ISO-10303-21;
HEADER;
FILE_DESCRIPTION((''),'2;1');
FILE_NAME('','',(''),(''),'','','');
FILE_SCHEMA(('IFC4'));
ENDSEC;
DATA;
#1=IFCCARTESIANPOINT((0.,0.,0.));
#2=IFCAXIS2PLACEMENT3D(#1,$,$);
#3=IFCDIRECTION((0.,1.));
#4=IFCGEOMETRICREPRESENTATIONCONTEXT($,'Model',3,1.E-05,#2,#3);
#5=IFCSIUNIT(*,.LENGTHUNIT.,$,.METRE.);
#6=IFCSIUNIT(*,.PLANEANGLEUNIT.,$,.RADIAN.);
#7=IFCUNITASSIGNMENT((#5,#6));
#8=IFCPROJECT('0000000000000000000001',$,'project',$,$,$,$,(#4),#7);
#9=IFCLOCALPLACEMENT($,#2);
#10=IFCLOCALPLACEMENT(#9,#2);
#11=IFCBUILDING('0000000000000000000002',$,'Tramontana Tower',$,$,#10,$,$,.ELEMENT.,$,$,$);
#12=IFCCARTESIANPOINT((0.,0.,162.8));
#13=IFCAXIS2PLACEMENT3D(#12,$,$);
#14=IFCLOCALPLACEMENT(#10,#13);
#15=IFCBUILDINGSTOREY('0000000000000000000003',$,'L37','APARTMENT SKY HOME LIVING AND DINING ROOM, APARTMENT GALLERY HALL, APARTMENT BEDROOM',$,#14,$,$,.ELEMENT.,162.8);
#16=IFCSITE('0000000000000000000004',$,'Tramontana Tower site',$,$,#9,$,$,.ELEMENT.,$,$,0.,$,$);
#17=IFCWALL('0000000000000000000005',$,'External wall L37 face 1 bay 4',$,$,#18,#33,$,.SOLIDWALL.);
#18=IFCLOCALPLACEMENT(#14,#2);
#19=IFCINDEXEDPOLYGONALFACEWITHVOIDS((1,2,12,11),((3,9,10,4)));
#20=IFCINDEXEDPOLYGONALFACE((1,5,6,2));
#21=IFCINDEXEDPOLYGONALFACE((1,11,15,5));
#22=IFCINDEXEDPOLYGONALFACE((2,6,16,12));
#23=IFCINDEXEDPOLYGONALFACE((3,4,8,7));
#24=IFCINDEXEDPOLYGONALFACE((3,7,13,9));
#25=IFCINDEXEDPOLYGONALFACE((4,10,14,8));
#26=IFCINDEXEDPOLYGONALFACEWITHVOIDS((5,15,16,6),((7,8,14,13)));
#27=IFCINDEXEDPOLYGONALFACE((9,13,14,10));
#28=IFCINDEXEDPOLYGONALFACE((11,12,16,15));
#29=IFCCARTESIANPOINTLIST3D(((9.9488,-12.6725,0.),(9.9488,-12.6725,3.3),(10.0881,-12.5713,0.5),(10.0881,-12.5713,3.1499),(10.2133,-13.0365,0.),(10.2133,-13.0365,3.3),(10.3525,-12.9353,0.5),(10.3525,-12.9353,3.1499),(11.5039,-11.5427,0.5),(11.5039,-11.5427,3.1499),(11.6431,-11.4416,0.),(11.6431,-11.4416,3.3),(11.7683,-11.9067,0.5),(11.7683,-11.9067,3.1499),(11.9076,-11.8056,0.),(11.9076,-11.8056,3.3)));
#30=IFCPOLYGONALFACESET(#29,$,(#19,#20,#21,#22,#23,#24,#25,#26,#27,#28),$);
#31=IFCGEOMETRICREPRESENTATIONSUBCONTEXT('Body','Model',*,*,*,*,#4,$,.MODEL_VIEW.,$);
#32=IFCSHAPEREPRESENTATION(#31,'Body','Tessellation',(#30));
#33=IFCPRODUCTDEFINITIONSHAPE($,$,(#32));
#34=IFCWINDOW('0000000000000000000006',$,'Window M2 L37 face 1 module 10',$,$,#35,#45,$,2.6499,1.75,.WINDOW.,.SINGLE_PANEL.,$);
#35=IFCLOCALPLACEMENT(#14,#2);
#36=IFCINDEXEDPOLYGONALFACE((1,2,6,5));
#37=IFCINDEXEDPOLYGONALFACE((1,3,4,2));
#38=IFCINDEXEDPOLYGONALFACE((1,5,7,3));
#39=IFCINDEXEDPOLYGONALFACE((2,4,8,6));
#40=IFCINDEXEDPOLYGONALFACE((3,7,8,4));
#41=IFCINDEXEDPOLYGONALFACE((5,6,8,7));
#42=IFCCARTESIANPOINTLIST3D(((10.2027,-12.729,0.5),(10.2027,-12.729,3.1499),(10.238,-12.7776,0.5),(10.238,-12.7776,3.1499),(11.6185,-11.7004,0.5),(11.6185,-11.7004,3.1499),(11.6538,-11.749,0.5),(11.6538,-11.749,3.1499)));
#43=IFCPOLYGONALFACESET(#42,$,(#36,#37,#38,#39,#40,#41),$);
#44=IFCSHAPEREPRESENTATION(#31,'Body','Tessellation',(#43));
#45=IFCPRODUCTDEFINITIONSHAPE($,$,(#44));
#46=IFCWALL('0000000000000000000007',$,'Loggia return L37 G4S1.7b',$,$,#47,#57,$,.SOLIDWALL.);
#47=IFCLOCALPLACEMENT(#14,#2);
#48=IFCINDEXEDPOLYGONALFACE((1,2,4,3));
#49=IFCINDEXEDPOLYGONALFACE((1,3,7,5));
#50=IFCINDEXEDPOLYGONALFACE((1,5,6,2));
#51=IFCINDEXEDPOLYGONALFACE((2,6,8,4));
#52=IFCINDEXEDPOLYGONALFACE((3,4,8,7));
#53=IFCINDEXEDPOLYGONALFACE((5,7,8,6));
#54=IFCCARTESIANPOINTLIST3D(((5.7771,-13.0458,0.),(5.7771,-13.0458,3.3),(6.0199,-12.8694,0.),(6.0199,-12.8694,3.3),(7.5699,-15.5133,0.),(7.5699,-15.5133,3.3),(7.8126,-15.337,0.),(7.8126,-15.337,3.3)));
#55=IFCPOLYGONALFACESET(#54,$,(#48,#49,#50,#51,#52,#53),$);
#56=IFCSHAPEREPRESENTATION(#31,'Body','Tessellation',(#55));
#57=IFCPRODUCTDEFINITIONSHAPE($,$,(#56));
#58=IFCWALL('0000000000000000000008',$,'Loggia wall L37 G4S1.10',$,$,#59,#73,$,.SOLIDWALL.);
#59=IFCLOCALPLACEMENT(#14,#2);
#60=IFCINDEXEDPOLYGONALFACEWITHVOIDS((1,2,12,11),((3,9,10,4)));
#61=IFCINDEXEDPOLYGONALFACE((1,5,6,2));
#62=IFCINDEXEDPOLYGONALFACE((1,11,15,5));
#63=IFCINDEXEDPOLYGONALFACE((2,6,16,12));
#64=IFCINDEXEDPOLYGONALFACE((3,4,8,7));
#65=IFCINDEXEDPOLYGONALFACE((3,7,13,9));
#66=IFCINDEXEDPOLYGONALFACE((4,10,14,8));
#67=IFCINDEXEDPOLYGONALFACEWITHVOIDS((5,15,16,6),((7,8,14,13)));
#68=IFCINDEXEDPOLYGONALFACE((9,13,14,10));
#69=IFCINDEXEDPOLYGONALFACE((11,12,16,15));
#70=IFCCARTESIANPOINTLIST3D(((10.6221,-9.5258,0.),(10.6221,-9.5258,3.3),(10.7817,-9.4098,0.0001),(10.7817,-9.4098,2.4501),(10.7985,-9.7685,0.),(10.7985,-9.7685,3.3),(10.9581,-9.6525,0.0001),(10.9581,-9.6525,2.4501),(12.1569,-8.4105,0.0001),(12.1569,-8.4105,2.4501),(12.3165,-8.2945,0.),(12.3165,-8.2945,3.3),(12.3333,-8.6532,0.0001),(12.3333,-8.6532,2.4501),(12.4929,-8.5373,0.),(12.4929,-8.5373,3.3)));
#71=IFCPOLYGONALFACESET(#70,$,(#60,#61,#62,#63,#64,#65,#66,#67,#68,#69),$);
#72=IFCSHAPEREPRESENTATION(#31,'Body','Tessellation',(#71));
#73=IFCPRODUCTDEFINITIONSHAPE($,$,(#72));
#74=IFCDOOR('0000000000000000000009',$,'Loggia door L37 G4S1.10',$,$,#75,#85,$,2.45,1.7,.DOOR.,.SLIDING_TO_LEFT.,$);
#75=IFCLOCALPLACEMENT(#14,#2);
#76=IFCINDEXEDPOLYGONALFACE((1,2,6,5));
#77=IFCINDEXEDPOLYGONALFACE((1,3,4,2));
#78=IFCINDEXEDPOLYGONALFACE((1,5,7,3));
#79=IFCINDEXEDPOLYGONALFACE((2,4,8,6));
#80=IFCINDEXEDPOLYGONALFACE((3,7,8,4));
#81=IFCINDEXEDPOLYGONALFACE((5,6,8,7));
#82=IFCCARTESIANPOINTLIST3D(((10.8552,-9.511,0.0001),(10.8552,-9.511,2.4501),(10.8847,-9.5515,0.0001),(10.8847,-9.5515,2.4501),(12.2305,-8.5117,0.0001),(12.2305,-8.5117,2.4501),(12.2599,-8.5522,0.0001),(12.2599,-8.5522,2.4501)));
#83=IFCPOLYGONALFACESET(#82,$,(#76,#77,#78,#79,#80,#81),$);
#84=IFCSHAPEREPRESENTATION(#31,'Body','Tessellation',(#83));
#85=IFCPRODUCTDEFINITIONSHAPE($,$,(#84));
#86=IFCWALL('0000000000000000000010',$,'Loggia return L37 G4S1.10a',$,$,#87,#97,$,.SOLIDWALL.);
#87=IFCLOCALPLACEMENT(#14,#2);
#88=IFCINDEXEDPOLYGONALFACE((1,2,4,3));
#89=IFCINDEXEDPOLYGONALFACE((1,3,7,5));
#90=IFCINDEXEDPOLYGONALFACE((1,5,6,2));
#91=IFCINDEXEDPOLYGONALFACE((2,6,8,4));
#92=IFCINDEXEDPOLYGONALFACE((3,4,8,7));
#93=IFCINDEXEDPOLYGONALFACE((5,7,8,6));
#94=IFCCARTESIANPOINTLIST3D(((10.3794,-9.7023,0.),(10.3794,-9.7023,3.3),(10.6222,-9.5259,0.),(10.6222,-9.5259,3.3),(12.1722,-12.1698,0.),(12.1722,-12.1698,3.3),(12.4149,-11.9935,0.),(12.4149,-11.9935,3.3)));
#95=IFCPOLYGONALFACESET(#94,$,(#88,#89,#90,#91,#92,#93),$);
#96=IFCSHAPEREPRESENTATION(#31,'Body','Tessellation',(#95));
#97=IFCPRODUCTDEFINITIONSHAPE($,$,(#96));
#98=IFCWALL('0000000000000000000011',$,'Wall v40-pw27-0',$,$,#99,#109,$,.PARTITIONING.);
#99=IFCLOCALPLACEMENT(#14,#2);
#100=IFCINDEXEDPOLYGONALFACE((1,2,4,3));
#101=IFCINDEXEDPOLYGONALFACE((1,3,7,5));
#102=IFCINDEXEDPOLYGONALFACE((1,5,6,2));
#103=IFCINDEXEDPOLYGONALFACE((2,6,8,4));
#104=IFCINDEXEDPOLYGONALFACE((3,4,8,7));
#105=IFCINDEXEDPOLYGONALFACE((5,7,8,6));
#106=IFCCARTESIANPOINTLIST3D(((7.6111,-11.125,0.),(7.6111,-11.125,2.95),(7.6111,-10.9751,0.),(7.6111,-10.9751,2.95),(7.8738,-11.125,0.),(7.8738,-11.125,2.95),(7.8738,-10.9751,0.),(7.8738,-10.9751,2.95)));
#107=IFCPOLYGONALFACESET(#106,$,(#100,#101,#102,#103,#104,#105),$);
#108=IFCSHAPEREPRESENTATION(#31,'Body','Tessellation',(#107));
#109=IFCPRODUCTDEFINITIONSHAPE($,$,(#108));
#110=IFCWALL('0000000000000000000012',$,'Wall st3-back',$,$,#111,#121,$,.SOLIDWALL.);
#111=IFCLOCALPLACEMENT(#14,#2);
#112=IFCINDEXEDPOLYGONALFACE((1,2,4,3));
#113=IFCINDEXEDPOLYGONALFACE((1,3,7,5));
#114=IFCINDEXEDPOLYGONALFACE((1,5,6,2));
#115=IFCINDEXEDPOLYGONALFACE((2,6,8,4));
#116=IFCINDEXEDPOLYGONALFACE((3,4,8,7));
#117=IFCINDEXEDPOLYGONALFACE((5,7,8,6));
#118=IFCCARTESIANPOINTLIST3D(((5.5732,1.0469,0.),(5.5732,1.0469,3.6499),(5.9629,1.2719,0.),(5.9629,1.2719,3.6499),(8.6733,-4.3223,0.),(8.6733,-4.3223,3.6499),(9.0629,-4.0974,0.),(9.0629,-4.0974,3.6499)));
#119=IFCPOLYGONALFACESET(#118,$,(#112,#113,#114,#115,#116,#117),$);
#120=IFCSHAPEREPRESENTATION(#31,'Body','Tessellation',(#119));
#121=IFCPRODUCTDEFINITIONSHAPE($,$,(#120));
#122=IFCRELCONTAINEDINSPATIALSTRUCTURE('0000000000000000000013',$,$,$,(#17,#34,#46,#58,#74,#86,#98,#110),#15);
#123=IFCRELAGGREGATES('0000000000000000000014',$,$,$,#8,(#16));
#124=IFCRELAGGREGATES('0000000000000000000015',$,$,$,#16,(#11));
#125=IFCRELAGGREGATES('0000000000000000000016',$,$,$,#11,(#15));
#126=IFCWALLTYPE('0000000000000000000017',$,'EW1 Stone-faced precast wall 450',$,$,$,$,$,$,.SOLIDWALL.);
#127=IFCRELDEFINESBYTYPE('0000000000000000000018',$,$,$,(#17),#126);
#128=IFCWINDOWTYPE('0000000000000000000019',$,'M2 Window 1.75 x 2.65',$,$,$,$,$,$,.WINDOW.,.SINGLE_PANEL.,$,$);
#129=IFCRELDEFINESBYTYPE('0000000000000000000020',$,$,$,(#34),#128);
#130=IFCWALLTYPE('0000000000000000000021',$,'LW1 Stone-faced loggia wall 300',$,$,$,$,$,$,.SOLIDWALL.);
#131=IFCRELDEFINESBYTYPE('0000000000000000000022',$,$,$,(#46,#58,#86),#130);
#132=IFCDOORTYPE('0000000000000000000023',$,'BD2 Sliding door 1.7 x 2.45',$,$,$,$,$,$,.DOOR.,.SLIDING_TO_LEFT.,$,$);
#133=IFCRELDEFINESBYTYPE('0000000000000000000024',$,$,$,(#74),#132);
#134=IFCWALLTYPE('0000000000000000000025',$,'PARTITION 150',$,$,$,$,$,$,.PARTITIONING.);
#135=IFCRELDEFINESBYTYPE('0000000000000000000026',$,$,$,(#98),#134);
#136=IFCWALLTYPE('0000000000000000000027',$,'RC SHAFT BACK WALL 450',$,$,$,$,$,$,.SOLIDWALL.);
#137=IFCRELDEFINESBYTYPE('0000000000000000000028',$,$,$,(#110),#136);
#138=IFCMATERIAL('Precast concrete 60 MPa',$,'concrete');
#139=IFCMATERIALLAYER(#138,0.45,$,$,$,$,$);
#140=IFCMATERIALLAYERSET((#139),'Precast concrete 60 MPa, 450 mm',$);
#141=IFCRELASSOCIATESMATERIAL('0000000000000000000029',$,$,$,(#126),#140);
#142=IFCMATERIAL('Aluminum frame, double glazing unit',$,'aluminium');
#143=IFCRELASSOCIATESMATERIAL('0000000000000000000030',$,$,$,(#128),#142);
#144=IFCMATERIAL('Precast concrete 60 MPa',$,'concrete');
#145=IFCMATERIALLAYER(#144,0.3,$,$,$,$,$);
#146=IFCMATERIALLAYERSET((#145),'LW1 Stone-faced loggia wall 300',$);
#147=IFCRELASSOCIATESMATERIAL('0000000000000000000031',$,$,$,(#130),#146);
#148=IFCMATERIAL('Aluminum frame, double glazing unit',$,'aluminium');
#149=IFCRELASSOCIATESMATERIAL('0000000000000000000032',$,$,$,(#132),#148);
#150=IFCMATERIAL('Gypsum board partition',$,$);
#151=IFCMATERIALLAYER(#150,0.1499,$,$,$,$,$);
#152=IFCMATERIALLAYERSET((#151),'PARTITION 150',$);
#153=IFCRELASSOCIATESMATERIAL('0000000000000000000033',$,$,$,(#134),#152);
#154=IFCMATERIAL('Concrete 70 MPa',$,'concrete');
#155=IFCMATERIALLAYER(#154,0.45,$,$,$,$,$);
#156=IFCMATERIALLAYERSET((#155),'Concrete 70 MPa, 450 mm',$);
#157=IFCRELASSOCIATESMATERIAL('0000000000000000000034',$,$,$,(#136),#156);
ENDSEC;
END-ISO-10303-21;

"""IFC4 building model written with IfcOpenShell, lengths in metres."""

from ifc_helpers import new_model, si_unit, direction, frame, frame_2d, origin, place, context, subcontext, project, spatial, rectangle, extrude, material, layer, layer_set, type_object, element, fill, save


model = new_model("IFC4")

# Units and contexts
model_context = context("Model", 3, precision=1e-05, world=origin(), true_north=direction((0.0, 1.0)))
body_context = subcontext(model_context, "Body", "Model", "MODEL_VIEW")
ifc_project = project(units=[si_unit("LENGTHUNIT", "METRE"), si_unit("PLANEANGLEUNIT", "RADIAN")], contexts=[model_context])

# Site, building, storey
site_placement = place(None, origin())
site = spatial("IfcSite", under=ifc_project, at=site_placement, Name="Tramontana Tower site", CompositionType="ELEMENT", RefElevation=0.0)
building_placement = place(site_placement, origin())
building = spatial("IfcBuilding", under=site, at=building_placement, Name="Tramontana Tower", CompositionType="ELEMENT")
storey_placement = place(building_placement, frame((0.0, 0.0, 162.8)))
storey = spatial("IfcBuildingStorey", under=building, at=storey_placement, Name="L37", Description="APARTMENT SKY HOME LIVING AND DINING ROOM, APARTMENT GALLERY HALL, APARTMENT BEDROOM", CompositionType="ELEMENT", Elevation=162.8)

# Wall, opening, window
ifc_material_1 = material(Name="Precast concrete 60 MPa", Category="concrete")
ifc_layer_1 = layer(ifc_material_1, 0.45)
ifc_layer_set_1 = layer_set([ifc_layer_1], Name="Precast concrete 60 MPa, 450 mm")
wall_type_1 = type_object("IfcWallType", Name="EW1 Stone-faced precast wall 450", PredefinedType="SOLIDWALL", material=ifc_layer_set_1)
wall_1_placement = place(storey_placement, frame((10.0811, -12.8545, 0.0), z_axis=(0.0, 0.0, 1.0), x_axis=(0.809028, 0.58777, 0.0)))
wall_1 = element("IfcWall", 1, at=wall_1_placement, inside=storey, type_object=wall_type_1, Name="External wall L37 face 1 bay 4", PredefinedType="SOLIDWALL", context=body_context, shape_type="SweptSolid", body=[
    extrude(rectangle(XDim=2.0942, YDim=0.45, at=frame_2d((1.0471, 0.0))), origin(), (0.0, 0.0, 1.0), 3.3),
])
opening_1_placement = place(wall_1_placement, frame((0.1721, 0.0, 0.5)))
opening_1 = element("IfcOpeningElement", 2, at=opening_1_placement, cuts=wall_1, PredefinedType="OPENING", context=body_context, shape_type="SweptSolid", body=[
    extrude(rectangle(XDim=1.75, YDim=2.6499, at=frame_2d((0.875, 1.325))), frame((0.0, 0.2349, 0.0), z_axis=(0.0, -1.0, 0.0), x_axis=(1.0, 0.0, 0.0)), (0.0, 0.0, 1.0), 0.47),
])
ifc_material_2 = material(Name="Aluminum frame, double glazing unit", Category="aluminium")
window_type = type_object("IfcWindowType", Name="M2 Window 1.75 x 2.65", PartitioningType="SINGLE_PANEL", PredefinedType="WINDOW", material=ifc_material_2)
window_placement = place(opening_1_placement, origin())
window = element("IfcWindow", 3, at=window_placement, inside=storey, type_object=window_type, Name="Window M2 L37 face 1 module 10", OverallHeight=2.6499, OverallWidth=1.75, PartitioningType="SINGLE_PANEL", PredefinedType="WINDOW", context=body_context, shape_type="SweptSolid", body=[
    extrude(rectangle(XDim=1.75, YDim=2.6499, at=frame_2d((0.875, 1.325))), frame((0.0, 0.03, 0.0), z_axis=(0.0, -1.0, 0.0), x_axis=(1.0, 0.0, 0.0)), (0.0, 0.0, 1.0), 0.0601),
])
fill(opening_1, window)

# Wall
ifc_material_3 = material(Name="Precast concrete 60 MPa", Category="concrete")
ifc_layer_2 = layer(ifc_material_3, 0.3)
ifc_layer_set_2 = layer_set([ifc_layer_2], Name="LW1 Stone-faced loggia wall 300")
wall_type_2 = type_object("IfcWallType", Name="LW1 Stone-faced loggia wall 300", PredefinedType="SOLIDWALL", material=ifc_layer_set_2)
wall_2_placement = place(storey_placement, frame((7.6912, -15.425, 0.0), z_axis=(0.0, 0.0, 1.0), x_axis=(-0.587777, 0.809023, 0.0)))
element("IfcWall", 4, at=wall_2_placement, inside=storey, type_object=wall_type_2, Name="Loggia return L37 G4S1.7b", PredefinedType="SOLIDWALL", context=body_context, shape_type="SweptSolid", body=[
    extrude(rectangle(XDim=3.05, YDim=0.3, at=frame_2d((1.5249, 0.0))), origin(), (0.0, 0.0, 1.0), 3.3),
])

# Wall, opening, door
wall_3_placement = place(storey_placement, frame((10.7102, -9.6472, 0.0), z_axis=(0.0, 0.0, 1.0), x_axis=(0.808973, 0.587846, 0.0)))
wall_3 = element("IfcWall", 5, at=wall_3_placement, inside=storey, type_object=wall_type_2, Name="Loggia wall L37 G4S1.10", PredefinedType="SOLIDWALL", context=body_context, shape_type="SweptSolid", body=[
    extrude(rectangle(XDim=2.0945, YDim=0.3, at=frame_2d((1.0474, 0.0))), origin(), (0.0, 0.0, 1.0), 3.3),
])
opening_2_placement = place(wall_3_placement, frame((0.1973, 0.0, 0.0)))
opening_2 = element("IfcOpeningElement", 6, at=opening_2_placement, cuts=wall_3, PredefinedType="OPENING", context=body_context, shape_type="SweptSolid", body=[
    extrude(rectangle(XDim=1.7, YDim=2.45, at=frame_2d((0.8501, 1.2251))), frame((0.0, 0.1599, 0.0), z_axis=(0.0, -1.0, 0.0), x_axis=(1.0, 0.0, 0.0)), (0.0, 0.0, 1.0), 0.3201),
])
ifc_material_4 = material(Name="Aluminum frame, double glazing unit", Category="aluminium")
door_type_1 = type_object("IfcDoorType", Name="BD2 Sliding door 1.7 x 2.45", OperationType="SLIDING_TO_LEFT", PredefinedType="DOOR", material=ifc_material_4)
door_1_placement = place(opening_2_placement, origin())
door_1 = element("IfcDoor", 7, at=door_1_placement, inside=storey, type_object=door_type_1, Name="Loggia door L37 G4S1.10", OperationType="SLIDING_TO_LEFT", OverallHeight=2.45, OverallWidth=1.7, PredefinedType="DOOR", context=body_context, shape_type="SweptSolid", body=[
    extrude(rectangle(XDim=1.7, YDim=2.45, at=frame_2d((0.8501, 1.2251))), frame((0.0, 0.0249, 0.0), z_axis=(0.0, -1.0, 0.0), x_axis=(1.0, 0.0, 0.0)), (0.0, 0.0, 1.0), 0.05),
])
fill(opening_2, door_1)

# Walls
wall_4_placement = place(storey_placement, frame((12.2935, -12.0815, 0.0), z_axis=(0.0, 0.0, 1.0), x_axis=(-0.587777, 0.809023, 0.0)))
element("IfcWall", 8, at=wall_4_placement, inside=storey, type_object=wall_type_2, Name="Loggia return L37 G4S1.10a", PredefinedType="SOLIDWALL", context=body_context, shape_type="SweptSolid", body=[
    extrude(rectangle(XDim=3.05, YDim=0.3, at=frame_2d((1.5249, 0.0))), origin(), (0.0, 0.0, 1.0), 3.3),
])
ifc_material_5 = material(Name="Gypsum board partition")
ifc_layer_3 = layer(ifc_material_5, 0.1499)
ifc_layer_set_3 = layer_set([ifc_layer_3], Name="PARTITION 150")
wall_type_3 = type_object("IfcWallType", Name="PARTITION 150", PredefinedType="PARTITIONING", material=ifc_layer_set_3)
wall_5_placement = place(storey_placement, frame((7.8738, -11.05, 0.0), z_axis=(0.0, 0.0, 1.0), x_axis=(-1.0, 0.0, 0.0)))
element("IfcWall", 9, at=wall_5_placement, inside=storey, type_object=wall_type_3, Name="Wall v40-pw27-0", PredefinedType="PARTITIONING", context=body_context, shape_type="SweptSolid", body=[
    extrude(rectangle(XDim=0.2627, YDim=0.1499, at=frame_2d((0.1313, 0.0))), origin(), (0.0, 0.0, 1.0), 2.95),
])
ifc_material_6 = material(Name="Concrete 70 MPa", Category="concrete")
ifc_layer_4 = layer(ifc_material_6, 0.45)
ifc_layer_set_4 = layer_set([ifc_layer_4], Name="Concrete 70 MPa, 450 mm")
wall_type_4 = type_object("IfcWallType", Name="RC SHAFT BACK WALL 450", PredefinedType="SOLIDWALL", material=ifc_layer_set_4)
wall_6_placement = place(storey_placement, frame((8.8682, -4.21, 0.0), z_axis=(0.0, 0.0, 1.0), x_axis=(-0.50001, 0.86602, 0.0)))
element("IfcWall", 10, at=wall_6_placement, inside=storey, type_object=wall_type_4, Name="Wall st3-back", PredefinedType="SOLIDWALL", context=body_context, shape_type="SweptSolid", body=[
    extrude(rectangle(XDim=6.2, YDim=0.45, at=frame_2d((3.1001, 0.0))), origin(), (0.0, 0.0, 1.0), 3.6499),
])

save(model, "model.ifc")
